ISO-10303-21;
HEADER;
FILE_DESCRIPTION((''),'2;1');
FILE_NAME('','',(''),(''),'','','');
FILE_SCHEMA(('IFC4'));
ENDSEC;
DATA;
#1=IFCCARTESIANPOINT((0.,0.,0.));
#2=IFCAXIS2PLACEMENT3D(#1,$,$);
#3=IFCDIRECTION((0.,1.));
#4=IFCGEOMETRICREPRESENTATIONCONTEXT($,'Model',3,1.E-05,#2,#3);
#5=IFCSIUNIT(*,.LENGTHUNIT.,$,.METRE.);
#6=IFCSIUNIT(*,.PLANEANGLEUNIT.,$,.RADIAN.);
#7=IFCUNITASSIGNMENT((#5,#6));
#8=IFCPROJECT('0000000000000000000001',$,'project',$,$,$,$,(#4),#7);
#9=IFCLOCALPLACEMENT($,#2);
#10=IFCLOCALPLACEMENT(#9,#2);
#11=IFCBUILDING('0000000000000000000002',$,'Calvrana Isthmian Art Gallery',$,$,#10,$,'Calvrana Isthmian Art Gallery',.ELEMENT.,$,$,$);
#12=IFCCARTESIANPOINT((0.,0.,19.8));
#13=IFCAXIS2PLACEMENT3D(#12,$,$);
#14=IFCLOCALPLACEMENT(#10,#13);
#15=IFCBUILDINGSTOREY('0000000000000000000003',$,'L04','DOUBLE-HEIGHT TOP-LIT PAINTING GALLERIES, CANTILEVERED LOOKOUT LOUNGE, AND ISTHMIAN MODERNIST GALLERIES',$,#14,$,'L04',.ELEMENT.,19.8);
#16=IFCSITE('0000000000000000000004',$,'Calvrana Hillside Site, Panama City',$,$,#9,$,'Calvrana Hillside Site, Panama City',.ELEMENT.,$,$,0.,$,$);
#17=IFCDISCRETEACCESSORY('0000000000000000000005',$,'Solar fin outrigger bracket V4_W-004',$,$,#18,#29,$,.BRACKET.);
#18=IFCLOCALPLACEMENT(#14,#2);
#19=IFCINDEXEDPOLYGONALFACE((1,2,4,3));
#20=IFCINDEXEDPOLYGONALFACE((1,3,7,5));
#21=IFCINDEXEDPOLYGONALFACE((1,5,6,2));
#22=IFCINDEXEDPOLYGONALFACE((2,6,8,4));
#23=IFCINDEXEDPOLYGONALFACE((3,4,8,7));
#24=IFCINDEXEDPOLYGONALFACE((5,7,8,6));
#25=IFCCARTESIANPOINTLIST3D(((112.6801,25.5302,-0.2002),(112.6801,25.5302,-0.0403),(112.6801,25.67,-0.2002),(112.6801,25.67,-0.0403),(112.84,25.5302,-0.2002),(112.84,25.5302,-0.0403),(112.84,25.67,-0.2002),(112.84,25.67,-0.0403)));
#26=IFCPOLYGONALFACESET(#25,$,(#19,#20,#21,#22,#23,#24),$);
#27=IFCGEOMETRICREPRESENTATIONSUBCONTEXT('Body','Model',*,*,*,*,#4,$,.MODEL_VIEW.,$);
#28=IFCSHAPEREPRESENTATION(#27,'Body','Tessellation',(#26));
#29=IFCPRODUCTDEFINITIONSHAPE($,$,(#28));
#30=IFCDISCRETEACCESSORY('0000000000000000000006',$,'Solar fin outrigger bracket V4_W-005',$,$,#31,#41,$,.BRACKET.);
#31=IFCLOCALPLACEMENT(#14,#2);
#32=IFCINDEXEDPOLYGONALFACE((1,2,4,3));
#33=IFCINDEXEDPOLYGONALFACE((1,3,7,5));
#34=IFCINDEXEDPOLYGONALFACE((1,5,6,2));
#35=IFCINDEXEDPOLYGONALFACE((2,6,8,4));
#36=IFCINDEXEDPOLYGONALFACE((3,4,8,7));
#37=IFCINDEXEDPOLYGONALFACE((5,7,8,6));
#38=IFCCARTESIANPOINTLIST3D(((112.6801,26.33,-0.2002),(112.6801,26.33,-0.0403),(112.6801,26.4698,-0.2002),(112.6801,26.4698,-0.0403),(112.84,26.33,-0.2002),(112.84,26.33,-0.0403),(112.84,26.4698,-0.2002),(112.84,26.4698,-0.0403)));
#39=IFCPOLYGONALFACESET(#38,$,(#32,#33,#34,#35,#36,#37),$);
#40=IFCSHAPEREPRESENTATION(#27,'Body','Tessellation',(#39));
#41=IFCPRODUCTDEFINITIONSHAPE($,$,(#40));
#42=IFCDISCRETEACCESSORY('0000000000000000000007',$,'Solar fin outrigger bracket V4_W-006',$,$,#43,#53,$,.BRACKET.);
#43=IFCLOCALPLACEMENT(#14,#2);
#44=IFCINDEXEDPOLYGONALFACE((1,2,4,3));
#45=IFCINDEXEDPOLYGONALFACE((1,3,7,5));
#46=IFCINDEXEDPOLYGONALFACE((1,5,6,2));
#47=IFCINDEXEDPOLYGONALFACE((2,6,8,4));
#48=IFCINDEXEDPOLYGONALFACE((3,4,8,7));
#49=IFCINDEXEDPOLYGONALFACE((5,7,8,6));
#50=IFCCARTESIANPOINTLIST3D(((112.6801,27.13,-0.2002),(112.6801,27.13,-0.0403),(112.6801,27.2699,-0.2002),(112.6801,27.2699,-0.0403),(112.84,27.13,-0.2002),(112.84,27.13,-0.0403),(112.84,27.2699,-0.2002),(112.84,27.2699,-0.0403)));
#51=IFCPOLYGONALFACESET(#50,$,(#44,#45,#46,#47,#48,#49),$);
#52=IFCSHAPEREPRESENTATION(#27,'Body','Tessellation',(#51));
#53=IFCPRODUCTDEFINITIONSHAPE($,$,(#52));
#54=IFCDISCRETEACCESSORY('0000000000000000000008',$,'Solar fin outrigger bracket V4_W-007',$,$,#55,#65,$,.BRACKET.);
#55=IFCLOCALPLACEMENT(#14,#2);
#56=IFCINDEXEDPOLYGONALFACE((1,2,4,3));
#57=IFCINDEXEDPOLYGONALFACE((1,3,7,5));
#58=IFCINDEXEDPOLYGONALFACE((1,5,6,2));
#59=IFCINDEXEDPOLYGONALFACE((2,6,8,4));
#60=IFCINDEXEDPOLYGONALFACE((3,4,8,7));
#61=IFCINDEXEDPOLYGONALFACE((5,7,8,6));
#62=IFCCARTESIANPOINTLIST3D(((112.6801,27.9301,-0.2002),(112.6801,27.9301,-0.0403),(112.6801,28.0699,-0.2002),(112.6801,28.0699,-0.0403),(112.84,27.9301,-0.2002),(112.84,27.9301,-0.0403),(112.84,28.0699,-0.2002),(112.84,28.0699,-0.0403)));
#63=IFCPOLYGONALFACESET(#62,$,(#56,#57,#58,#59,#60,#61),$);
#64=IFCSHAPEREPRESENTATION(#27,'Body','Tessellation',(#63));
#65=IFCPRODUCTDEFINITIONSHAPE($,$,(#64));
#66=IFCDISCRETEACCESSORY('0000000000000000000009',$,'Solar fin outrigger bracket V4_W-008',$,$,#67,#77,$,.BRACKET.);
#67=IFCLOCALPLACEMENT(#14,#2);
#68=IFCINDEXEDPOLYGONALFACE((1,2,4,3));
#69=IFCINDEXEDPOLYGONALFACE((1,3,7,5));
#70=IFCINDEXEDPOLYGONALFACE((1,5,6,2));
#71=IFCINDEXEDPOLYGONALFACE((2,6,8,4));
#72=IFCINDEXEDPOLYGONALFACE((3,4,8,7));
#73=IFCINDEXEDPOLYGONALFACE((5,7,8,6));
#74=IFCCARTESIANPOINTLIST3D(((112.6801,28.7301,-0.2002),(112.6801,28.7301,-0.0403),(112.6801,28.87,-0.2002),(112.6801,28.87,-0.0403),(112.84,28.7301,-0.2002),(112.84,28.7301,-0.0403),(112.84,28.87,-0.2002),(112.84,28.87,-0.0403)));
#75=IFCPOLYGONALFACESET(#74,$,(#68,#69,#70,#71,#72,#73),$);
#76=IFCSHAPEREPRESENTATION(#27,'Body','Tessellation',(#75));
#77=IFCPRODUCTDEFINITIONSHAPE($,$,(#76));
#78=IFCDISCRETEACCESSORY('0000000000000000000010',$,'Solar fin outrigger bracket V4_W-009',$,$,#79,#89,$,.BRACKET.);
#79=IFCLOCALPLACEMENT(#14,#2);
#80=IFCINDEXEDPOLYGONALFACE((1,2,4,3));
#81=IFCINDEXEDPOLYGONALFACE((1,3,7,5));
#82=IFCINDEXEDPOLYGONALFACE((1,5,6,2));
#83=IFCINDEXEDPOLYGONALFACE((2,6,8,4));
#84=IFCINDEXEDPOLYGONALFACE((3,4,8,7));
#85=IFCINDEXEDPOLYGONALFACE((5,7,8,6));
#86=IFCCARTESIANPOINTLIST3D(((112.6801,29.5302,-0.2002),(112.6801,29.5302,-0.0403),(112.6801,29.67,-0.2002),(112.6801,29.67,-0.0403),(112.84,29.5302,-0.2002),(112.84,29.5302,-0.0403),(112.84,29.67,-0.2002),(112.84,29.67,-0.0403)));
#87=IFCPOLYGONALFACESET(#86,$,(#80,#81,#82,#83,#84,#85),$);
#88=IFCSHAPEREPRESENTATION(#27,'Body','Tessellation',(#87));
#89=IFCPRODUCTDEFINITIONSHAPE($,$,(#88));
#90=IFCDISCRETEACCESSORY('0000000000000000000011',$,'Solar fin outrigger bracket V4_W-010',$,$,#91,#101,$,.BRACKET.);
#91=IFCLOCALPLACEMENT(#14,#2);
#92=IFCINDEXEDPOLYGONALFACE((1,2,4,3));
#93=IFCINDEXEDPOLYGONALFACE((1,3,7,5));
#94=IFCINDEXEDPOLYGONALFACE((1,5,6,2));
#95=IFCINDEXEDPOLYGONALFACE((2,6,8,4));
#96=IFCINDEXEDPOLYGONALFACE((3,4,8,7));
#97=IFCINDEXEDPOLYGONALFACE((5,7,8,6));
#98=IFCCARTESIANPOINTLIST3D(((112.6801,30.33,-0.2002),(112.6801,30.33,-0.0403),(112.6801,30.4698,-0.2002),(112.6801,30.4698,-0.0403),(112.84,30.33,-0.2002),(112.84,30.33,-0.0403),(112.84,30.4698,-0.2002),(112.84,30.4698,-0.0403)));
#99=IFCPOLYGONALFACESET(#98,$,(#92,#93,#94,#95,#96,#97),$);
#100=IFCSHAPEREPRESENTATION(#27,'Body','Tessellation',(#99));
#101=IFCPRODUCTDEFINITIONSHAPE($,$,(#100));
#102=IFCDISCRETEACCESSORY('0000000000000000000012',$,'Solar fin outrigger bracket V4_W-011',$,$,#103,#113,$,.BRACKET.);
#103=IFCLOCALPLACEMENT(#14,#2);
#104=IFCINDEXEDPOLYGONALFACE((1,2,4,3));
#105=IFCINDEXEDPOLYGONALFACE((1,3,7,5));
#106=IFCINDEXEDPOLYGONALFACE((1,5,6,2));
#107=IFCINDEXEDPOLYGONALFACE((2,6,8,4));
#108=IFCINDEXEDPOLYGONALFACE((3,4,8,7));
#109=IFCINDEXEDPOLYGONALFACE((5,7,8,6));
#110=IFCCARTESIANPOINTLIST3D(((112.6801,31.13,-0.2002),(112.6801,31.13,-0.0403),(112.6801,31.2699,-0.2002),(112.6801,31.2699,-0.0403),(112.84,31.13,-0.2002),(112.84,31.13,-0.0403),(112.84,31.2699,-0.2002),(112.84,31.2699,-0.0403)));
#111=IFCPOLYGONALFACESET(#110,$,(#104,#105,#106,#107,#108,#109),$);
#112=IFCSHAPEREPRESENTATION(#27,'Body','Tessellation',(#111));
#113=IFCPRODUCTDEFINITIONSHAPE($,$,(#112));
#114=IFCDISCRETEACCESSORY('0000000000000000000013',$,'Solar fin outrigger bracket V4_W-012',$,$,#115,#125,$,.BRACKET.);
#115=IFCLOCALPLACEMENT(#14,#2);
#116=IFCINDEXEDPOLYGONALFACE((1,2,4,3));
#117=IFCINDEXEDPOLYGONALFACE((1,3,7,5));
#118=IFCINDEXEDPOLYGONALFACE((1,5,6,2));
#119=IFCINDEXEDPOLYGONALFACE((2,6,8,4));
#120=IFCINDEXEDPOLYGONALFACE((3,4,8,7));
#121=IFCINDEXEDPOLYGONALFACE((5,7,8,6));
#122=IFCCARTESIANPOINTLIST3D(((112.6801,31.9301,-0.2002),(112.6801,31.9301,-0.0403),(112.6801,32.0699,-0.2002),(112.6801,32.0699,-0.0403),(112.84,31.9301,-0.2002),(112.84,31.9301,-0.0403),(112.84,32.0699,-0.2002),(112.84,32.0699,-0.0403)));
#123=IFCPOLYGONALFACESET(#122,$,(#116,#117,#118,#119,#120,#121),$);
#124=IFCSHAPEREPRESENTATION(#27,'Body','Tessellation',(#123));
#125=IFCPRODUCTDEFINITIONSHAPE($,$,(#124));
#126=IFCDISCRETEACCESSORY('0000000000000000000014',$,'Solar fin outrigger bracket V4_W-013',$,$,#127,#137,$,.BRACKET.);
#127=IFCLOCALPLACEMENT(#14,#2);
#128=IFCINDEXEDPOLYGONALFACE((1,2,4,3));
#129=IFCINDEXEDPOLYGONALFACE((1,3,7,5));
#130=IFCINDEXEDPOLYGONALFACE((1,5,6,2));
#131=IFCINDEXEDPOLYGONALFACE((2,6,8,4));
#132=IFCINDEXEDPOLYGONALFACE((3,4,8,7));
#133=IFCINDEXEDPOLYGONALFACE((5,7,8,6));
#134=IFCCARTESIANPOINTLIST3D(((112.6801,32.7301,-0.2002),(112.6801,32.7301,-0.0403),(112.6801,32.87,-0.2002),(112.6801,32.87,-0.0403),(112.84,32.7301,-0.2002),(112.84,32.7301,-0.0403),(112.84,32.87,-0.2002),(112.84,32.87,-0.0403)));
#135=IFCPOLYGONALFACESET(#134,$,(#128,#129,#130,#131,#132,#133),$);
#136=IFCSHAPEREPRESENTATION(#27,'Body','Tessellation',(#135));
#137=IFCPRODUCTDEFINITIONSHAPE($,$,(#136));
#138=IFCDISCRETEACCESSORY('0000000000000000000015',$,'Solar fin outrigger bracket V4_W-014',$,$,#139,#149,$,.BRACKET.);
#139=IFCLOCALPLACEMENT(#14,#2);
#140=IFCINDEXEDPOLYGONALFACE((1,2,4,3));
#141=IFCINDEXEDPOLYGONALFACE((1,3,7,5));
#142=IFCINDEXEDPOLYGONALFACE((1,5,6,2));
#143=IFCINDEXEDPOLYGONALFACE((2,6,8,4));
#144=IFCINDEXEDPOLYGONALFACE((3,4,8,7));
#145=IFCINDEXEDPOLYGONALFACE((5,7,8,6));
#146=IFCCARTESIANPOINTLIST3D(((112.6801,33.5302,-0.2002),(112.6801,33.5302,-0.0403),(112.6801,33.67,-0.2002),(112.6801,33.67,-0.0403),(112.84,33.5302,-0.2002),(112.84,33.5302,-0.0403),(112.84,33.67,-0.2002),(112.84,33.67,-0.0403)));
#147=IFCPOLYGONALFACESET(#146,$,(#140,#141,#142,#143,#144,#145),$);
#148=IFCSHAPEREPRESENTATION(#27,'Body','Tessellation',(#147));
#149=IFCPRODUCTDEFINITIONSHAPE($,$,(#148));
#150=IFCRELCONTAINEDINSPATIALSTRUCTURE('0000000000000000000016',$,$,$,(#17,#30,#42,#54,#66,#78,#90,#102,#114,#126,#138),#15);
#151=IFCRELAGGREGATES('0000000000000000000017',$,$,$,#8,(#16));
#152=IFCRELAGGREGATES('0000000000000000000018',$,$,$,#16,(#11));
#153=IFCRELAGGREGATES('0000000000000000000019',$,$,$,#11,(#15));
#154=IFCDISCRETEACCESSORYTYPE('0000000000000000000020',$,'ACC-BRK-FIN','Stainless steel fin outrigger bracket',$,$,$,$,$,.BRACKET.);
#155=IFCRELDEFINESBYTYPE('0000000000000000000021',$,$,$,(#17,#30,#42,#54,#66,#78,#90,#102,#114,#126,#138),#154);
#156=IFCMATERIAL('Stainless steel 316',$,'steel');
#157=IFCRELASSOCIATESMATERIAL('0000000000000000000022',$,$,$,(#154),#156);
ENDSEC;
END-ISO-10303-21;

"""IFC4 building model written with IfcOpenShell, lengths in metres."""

from ifc_helpers import new_model, si_unit, direction, frame, origin, origin_2d, place, context, subcontext, project, spatial, rectangle, extrude, material, type_object, element, save


model = new_model("IFC4")

# Units and contexts
model_context = context("Model", 3, precision=1e-05, world=origin(), true_north=direction((0.0, 1.0)))
body_context = subcontext(model_context, "Body", "Model", "MODEL_VIEW")
ifc_project = project(units=[si_unit("LENGTHUNIT", "METRE"), si_unit("PLANEANGLEUNIT", "RADIAN")], contexts=[model_context])

# Site, building, storey
site_placement = place(None, origin())
site = spatial("IfcSite", under=ifc_project, at=site_placement, Name="Calvrana Hillside Site, Panama City", LongName="Calvrana Hillside Site, Panama City", CompositionType="ELEMENT", RefElevation=0.0)
building_placement = place(site_placement, origin())
building = spatial("IfcBuilding", under=site, at=building_placement, Name="Calvrana Isthmian Art Gallery", LongName="Calvrana Isthmian Art Gallery", CompositionType="ELEMENT")
storey_placement = place(building_placement, frame((0.0, 0.0, 19.8)))
storey = spatial("IfcBuildingStorey", under=building, at=storey_placement, Name="L04", Description="DOUBLE-HEIGHT TOP-LIT PAINTING GALLERIES, CANTILEVERED LOOKOUT LOUNGE, AND ISTHMIAN MODERNIST GALLERIES", LongName="L04", CompositionType="ELEMENT", Elevation=19.8)

# Shared definitions
ifc_material_1 = material(Name="Stainless steel 316", Category="steel")

# Discrete accessories
discrete_accessory_type = type_object("IfcDiscreteAccessoryType", Name="ACC-BRK-FIN", Description="Stainless steel fin outrigger bracket", PredefinedType="BRACKET", material=ifc_material_1)
for number, where, z_axis, x_axis, name in (
    (1, (112.76, 25.6001, -0.2002), (0.0, 0.0, 1.0), (1.0, 0.0, 0.0), "Solar fin outrigger bracket V4_W-004"),
    (2, (112.76, 26.3999, -0.2002), (0.0, 0.0, 1.0), (1.0, 0.0, 0.0), "Solar fin outrigger bracket V4_W-005"),
    (3, (112.76, 27.2, -0.2002), (0.0, 0.0, 1.0), (1.0, 0.0, 0.0), "Solar fin outrigger bracket V4_W-006"),
    (4, (112.76, 28.0, -0.2002), (0.0, 0.0, 1.0), (1.0, 0.0, 0.0), "Solar fin outrigger bracket V4_W-007"),
    (5, (112.76, 28.8, -0.2002), (0.0, 0.0, 1.0), (1.0, 0.0, 0.0), "Solar fin outrigger bracket V4_W-008"),
    (6, (112.76, 29.6001, -0.2002), (0.0, 0.0, 1.0), (1.0, 0.0, 0.0), "Solar fin outrigger bracket V4_W-009"),
    (7, (112.76, 30.3999, -0.2002), (0.0, 0.0, 1.0), (1.0, 0.0, 0.0), "Solar fin outrigger bracket V4_W-010"),
    (8, (112.76, 31.2, -0.2002), (0.0, 0.0, 1.0), (1.0, 0.0, 0.0), "Solar fin outrigger bracket V4_W-011"),
    (9, (112.76, 32.0, -0.2002), (0.0, 0.0, 1.0), (1.0, 0.0, 0.0), "Solar fin outrigger bracket V4_W-012"),
    (10, (112.76, 32.8, -0.2002), (0.0, 0.0, 1.0), (1.0, 0.0, 0.0), "Solar fin outrigger bracket V4_W-013"),
    (11, (112.76, 33.6001, -0.2002), (0.0, 0.0, 1.0), (1.0, 0.0, 0.0), "Solar fin outrigger bracket V4_W-014"),
):
    element("IfcDiscreteAccessory", number, at=place(storey_placement, frame(where, z_axis=z_axis, x_axis=x_axis)), inside=storey, type_object=discrete_accessory_type, Name=name, PredefinedType="BRACKET", context=body_context, shape_type="SweptSolid", body=[
        extrude(rectangle(XDim=0.1599, YDim=0.1399, at=origin_2d()), origin(), (0.0, 0.0, 1.0), 0.1599),
    ])

save(model, "model.ifc")
